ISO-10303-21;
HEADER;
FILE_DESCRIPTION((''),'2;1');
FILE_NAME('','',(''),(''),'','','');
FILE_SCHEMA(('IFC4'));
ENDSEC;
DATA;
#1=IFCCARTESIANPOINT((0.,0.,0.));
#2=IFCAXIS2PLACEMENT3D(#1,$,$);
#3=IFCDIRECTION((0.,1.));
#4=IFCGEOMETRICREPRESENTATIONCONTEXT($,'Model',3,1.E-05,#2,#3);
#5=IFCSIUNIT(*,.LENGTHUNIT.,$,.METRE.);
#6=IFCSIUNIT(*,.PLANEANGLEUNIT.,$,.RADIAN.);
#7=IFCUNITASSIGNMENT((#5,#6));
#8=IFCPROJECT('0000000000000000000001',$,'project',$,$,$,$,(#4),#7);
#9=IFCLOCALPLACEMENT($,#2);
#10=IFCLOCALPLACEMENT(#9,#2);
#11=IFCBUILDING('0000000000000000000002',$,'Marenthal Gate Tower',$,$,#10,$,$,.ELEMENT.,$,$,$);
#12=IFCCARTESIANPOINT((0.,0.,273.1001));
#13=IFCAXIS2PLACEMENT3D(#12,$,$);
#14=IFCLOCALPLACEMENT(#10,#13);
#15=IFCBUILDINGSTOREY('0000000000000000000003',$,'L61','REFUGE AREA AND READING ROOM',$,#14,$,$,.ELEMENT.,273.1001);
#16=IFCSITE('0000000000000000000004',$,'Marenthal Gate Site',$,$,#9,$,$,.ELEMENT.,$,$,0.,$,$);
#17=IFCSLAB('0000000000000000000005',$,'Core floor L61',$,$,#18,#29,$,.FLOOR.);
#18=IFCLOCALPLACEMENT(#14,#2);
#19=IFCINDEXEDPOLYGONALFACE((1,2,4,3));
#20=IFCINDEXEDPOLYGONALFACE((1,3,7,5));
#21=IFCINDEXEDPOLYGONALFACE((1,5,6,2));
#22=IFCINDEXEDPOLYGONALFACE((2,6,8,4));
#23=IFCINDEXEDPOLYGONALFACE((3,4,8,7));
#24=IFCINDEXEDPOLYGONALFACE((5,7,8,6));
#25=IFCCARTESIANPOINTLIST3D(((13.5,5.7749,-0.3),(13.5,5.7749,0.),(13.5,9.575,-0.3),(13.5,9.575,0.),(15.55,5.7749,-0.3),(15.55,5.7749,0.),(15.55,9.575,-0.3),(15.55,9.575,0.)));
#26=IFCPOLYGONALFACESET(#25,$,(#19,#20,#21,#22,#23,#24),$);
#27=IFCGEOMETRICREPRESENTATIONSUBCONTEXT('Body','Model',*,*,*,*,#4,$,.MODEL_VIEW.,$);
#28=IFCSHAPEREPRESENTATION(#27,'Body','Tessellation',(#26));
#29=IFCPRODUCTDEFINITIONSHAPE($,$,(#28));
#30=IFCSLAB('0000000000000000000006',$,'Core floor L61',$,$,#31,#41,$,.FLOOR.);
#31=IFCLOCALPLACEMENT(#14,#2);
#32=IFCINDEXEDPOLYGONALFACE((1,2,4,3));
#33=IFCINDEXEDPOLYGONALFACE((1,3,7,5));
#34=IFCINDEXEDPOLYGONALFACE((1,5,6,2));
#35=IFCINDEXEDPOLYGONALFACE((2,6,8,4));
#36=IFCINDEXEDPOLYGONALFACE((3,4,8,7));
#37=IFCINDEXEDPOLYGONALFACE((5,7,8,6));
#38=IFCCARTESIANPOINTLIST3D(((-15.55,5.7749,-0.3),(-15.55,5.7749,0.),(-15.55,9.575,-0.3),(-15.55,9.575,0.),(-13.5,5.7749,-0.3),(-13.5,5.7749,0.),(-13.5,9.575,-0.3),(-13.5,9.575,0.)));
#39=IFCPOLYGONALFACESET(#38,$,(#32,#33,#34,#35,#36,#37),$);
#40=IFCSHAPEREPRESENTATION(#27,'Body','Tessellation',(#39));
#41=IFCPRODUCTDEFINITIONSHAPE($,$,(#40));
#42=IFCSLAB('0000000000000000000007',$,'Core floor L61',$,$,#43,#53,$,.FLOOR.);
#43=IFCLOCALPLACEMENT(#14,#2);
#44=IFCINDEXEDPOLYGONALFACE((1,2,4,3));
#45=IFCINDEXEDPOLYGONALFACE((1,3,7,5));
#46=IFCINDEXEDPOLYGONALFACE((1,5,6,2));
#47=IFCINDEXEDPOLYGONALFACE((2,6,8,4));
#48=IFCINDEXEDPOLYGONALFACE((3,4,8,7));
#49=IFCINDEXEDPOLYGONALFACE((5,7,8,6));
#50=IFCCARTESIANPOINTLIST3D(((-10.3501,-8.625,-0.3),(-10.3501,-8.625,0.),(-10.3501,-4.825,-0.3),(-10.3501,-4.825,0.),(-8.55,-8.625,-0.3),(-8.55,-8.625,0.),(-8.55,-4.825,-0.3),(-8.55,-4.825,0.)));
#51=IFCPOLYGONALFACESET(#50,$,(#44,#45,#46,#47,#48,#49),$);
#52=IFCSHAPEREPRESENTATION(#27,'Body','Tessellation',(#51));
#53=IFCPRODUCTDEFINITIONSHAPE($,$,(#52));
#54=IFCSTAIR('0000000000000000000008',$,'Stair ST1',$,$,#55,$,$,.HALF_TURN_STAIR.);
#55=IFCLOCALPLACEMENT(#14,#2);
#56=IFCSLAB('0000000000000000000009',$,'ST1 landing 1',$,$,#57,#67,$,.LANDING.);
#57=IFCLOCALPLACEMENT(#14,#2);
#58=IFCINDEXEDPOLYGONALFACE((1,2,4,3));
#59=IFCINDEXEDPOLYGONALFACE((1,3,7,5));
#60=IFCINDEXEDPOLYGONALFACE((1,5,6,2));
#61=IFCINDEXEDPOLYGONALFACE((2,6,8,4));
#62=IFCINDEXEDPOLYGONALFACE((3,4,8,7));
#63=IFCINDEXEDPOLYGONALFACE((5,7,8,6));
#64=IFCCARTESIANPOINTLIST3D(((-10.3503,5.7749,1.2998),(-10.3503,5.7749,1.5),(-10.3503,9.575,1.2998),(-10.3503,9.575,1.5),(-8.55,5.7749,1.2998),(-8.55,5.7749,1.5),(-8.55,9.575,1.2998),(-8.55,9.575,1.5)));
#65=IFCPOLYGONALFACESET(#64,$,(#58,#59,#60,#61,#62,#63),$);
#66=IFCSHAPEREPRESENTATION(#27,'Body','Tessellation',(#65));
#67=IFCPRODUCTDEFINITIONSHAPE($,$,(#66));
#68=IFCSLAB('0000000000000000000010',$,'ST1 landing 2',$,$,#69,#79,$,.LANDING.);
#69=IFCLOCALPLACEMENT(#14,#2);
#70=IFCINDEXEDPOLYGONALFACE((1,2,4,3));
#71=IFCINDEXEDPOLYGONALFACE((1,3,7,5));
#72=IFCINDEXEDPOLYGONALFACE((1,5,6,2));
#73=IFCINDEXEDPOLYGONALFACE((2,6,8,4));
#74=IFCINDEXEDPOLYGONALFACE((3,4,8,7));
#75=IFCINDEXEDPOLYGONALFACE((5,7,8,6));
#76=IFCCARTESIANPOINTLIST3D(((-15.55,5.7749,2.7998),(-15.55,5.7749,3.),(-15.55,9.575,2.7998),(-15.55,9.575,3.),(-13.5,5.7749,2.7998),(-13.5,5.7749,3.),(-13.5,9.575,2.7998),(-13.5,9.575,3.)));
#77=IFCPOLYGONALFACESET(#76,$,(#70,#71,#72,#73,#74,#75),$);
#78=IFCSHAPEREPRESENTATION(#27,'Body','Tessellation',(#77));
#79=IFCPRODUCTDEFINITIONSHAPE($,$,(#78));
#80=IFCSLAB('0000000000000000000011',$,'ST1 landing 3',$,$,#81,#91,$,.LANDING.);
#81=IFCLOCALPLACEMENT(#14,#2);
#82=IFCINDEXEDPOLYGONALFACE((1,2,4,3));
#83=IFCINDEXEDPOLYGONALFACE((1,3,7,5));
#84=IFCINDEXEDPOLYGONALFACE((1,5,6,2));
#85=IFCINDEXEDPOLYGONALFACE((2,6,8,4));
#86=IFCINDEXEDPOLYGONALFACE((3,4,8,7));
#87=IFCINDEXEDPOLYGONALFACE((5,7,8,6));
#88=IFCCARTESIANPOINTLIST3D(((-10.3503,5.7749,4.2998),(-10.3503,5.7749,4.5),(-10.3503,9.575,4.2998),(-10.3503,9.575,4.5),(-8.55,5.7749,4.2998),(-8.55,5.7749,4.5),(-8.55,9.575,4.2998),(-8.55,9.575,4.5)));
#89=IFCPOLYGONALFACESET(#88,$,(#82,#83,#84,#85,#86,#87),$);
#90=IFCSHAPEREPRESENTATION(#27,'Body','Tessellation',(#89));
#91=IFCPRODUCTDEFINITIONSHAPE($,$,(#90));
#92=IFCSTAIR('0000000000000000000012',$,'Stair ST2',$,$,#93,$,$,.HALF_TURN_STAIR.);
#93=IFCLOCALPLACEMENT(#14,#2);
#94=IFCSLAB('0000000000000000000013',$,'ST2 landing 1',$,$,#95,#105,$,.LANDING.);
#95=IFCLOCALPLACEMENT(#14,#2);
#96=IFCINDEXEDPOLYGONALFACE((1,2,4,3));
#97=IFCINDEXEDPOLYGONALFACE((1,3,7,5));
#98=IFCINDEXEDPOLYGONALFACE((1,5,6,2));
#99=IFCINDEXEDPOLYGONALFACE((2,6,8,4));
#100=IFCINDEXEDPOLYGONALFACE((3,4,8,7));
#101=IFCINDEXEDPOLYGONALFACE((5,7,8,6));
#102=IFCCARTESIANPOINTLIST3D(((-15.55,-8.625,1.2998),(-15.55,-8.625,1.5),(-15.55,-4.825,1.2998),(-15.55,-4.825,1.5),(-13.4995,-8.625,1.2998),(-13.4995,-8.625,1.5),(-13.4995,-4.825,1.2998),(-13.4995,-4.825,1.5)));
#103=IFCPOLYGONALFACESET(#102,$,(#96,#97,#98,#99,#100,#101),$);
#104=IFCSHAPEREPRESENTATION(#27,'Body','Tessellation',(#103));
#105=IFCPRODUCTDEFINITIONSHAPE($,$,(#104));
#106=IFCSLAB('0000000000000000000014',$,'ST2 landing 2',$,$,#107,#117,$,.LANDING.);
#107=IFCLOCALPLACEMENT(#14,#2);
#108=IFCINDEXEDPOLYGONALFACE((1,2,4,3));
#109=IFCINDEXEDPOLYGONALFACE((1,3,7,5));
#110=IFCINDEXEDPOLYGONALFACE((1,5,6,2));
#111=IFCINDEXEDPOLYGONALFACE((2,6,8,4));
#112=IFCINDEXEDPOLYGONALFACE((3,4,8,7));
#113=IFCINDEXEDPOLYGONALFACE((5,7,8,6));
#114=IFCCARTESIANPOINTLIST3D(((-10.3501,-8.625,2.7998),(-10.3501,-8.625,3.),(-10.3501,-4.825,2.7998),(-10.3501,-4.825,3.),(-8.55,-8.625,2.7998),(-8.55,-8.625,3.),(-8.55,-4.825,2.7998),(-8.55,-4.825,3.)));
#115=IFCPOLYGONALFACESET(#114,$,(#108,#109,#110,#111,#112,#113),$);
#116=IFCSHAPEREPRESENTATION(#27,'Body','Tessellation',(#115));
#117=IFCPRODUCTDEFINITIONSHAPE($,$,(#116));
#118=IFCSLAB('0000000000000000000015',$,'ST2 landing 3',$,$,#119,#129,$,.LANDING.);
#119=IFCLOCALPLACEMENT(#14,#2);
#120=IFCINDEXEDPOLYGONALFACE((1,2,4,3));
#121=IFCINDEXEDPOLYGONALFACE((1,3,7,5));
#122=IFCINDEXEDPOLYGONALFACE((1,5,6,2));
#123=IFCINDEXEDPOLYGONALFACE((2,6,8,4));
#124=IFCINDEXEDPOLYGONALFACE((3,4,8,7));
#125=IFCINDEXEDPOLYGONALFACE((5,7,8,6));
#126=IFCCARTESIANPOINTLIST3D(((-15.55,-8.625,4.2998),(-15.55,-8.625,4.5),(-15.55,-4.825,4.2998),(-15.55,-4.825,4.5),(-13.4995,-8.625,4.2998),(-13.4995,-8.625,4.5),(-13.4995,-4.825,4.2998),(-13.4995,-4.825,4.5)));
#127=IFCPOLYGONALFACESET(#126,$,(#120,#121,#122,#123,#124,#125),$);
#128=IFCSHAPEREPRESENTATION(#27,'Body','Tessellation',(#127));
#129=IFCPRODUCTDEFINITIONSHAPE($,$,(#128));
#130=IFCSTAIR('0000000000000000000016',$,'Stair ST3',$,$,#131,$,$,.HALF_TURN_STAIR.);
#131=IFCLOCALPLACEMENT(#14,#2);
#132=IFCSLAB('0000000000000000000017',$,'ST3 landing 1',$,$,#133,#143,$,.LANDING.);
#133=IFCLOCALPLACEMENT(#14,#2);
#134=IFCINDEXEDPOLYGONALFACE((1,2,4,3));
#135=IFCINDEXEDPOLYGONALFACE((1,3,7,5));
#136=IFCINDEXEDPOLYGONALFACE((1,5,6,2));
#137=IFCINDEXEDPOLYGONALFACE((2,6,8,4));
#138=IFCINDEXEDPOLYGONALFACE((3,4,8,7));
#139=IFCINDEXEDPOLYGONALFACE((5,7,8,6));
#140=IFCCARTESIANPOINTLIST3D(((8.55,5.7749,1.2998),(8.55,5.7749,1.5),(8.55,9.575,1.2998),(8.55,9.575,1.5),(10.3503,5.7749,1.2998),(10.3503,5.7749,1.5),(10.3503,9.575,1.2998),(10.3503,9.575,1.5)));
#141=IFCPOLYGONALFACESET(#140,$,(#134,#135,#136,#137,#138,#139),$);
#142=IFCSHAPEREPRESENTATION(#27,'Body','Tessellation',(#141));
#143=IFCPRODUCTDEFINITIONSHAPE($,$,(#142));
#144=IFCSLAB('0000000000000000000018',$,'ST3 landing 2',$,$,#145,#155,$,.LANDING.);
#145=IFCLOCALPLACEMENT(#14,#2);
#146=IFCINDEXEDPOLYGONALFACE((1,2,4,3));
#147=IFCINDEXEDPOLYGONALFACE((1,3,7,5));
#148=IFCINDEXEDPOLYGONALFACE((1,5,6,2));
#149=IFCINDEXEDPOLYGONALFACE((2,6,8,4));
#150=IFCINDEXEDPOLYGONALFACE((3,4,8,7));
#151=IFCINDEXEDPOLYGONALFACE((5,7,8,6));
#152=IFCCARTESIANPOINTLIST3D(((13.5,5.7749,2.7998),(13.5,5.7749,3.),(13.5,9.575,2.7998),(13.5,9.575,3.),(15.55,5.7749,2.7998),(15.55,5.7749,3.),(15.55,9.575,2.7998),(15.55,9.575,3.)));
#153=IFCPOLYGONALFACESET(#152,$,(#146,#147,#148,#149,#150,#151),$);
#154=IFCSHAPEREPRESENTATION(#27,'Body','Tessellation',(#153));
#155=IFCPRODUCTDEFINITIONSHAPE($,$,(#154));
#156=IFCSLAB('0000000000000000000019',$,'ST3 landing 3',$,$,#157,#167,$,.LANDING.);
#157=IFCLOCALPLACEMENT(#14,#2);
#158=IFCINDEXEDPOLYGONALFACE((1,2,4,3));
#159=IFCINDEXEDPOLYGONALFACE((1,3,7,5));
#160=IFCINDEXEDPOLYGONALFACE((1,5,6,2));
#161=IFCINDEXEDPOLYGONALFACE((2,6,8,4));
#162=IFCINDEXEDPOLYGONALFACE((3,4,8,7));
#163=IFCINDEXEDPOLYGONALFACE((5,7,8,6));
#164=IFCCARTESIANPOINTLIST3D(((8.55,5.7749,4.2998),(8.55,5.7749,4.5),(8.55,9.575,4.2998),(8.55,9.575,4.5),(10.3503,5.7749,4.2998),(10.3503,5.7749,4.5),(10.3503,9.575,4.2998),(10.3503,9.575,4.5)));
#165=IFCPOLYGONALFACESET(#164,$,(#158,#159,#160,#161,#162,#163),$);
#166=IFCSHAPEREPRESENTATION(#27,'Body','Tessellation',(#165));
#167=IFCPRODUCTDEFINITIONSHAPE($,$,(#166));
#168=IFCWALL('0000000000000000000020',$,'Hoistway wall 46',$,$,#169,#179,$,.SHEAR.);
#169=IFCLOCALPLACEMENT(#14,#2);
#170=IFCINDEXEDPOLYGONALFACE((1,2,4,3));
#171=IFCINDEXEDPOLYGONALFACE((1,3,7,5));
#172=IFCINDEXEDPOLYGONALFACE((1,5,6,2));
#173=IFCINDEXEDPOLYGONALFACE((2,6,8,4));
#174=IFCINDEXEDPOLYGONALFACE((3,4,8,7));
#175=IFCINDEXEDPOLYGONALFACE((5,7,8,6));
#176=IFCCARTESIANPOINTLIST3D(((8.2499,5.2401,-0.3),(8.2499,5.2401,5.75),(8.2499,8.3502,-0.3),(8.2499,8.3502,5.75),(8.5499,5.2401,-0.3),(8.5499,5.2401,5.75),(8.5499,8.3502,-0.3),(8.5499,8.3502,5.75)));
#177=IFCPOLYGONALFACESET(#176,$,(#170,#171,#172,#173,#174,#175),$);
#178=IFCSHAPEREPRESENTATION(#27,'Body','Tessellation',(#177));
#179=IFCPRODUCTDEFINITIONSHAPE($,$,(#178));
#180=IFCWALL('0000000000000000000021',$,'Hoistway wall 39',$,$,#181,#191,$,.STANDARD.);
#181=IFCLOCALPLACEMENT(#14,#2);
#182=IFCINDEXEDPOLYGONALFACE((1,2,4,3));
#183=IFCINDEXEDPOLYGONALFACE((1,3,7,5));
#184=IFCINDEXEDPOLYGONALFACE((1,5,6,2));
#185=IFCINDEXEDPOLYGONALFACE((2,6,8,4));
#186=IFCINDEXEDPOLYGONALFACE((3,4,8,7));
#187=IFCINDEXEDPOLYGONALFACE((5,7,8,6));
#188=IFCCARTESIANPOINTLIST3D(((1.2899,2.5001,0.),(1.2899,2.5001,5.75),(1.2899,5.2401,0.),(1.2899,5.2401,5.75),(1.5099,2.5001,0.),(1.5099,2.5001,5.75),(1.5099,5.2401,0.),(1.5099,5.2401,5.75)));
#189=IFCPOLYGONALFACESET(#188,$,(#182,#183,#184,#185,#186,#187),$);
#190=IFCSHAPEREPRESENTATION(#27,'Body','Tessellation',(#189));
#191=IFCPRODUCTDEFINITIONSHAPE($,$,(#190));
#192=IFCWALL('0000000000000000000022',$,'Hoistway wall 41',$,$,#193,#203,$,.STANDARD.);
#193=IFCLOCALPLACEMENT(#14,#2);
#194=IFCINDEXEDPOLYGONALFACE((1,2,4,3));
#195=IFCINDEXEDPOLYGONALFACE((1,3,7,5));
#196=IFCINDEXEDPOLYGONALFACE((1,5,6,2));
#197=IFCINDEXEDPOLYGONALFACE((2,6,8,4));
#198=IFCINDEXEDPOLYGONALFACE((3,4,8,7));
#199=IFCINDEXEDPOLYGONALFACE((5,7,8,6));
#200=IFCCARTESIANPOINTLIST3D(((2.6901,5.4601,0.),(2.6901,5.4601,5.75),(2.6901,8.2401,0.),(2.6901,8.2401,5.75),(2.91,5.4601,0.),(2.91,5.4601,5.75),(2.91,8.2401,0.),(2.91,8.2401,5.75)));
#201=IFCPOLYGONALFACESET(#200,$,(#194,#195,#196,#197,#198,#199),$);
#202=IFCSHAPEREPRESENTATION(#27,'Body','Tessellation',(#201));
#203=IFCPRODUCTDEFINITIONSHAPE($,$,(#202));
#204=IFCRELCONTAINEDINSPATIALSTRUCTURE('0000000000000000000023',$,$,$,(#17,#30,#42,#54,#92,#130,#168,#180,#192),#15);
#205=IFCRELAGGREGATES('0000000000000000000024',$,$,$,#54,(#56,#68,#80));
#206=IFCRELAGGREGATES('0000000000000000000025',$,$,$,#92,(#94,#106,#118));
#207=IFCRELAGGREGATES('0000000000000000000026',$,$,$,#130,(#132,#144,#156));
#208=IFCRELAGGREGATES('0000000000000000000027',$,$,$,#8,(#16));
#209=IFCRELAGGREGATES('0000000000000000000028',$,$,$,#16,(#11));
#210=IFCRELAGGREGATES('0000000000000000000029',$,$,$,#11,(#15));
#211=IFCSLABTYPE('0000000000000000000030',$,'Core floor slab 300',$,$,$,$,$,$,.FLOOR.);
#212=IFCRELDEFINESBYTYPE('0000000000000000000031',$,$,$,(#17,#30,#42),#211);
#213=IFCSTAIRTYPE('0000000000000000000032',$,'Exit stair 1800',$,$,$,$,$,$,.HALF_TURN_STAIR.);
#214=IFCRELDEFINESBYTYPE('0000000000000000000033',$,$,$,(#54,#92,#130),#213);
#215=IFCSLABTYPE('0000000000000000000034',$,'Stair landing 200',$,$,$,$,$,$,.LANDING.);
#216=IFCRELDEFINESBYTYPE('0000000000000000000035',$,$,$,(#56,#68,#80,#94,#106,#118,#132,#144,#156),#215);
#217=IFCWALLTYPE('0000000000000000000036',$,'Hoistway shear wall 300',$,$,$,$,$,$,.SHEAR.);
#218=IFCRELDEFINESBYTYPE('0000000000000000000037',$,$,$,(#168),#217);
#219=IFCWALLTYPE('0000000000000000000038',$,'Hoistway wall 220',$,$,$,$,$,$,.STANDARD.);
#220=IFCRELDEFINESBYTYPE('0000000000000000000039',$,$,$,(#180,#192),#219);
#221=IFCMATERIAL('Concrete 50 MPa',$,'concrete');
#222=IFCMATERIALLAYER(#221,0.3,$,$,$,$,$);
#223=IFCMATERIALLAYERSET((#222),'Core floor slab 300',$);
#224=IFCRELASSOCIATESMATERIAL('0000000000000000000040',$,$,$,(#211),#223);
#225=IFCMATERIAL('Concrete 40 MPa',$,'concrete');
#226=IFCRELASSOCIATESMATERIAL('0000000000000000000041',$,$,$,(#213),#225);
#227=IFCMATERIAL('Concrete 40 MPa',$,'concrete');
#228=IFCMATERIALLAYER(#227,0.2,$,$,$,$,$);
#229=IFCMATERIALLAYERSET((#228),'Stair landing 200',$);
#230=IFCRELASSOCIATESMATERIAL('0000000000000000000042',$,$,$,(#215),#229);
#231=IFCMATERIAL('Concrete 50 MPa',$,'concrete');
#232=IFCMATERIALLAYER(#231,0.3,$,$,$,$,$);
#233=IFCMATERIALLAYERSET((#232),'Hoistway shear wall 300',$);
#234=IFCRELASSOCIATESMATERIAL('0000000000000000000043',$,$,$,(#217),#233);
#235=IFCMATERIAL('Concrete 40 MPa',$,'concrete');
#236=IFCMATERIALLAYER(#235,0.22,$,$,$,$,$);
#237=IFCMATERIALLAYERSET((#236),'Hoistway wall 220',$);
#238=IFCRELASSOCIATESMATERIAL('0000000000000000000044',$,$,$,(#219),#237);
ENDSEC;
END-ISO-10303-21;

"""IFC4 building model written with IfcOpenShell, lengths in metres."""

from ifc_helpers import new_model, si_unit, direction, frame, frame_2d, origin, place, context, subcontext, project, spatial, polyline, rectangle, outline, extrude, material, layer, layer_set, type_object, element, aggregate, save


model = new_model("IFC4")

# Units and contexts
model_context = context("Model", 3, precision=1e-05, world=origin(), true_north=direction((0.0, 1.0)))
body_context = subcontext(model_context, "Body", "Model", "MODEL_VIEW")
ifc_project = project(units=[si_unit("LENGTHUNIT", "METRE"), si_unit("PLANEANGLEUNIT", "RADIAN")], contexts=[model_context])

# Site, building, storey
site_placement = place(None, origin())
site = spatial("IfcSite", under=ifc_project, at=site_placement, Name="Marenthal Gate Site", CompositionType="ELEMENT", RefElevation=0.0)
building_placement = place(site_placement, origin())
building = spatial("IfcBuilding", under=site, at=building_placement, Name="Marenthal Gate Tower", CompositionType="ELEMENT")
storey_placement = place(building_placement, frame((0.0, 0.0, 273.1001)))
storey = spatial("IfcBuildingStorey", under=building, at=storey_placement, Name="L61", Description="REFUGE AREA AND READING ROOM", CompositionType="ELEMENT", Elevation=273.1001)

# Slabs
ifc_material_1 = material(Name="Concrete 50 MPa", Category="concrete")
ifc_layer_1 = layer(ifc_material_1, 0.3)
ifc_layer_set_1 = layer_set([ifc_layer_1], Name="Core floor slab 300")
slab_type_1 = type_object("IfcSlabType", Name="Core floor slab 300", PredefinedType="FLOOR", material=ifc_layer_set_1)
slab_1_placement = place(storey_placement, frame((0.0, 0.0, -0.3)))
element("IfcSlab", 1, at=slab_1_placement, inside=storey, type_object=slab_type_1, Name="Core floor L61", PredefinedType="FLOOR", context=body_context, shape_type="SweptSolid", body=[
    extrude(outline(polyline([(15.55, 5.7749), (13.5, 5.7749), (13.5, 9.575), (15.55, 9.575), (15.55, 5.7749)])), origin(), (0.0, 0.0, 1.0), 0.3),
])
slab_2_placement = place(storey_placement, frame((0.0, 0.0, -0.3)))
element("IfcSlab", 2, at=slab_2_placement, inside=storey, type_object=slab_type_1, Name="Core floor L61", PredefinedType="FLOOR", context=body_context, shape_type="SweptSolid", body=[
    extrude(outline(polyline([(-15.55, 9.575), (-13.5, 9.575), (-13.5, 5.7749), (-15.55, 5.7749), (-15.55, 9.575)])), origin(), (0.0, 0.0, 1.0), 0.3),
])
slab_3_placement = place(storey_placement, frame((0.0, 0.0, -0.3)))
element("IfcSlab", 3, at=slab_3_placement, inside=storey, type_object=slab_type_1, Name="Core floor L61", PredefinedType="FLOOR", context=body_context, shape_type="SweptSolid", body=[
    extrude(outline(polyline([(-8.55, -8.625), (-10.3501, -8.625), (-10.3501, -4.825), (-8.55, -4.825), (-8.55, -8.625)])), origin(), (0.0, 0.0, 1.0), 0.3),
])

# Stairs, slabs
ifc_material_2 = material(Name="Concrete 40 MPa", Category="concrete")
stair_type = type_object("IfcStairType", Name="Exit stair 1800", PredefinedType="HALF_TURN_STAIR", material=ifc_material_2)
stair_1_placement = place(storey_placement, origin())
stair_1 = element("IfcStair", 4, at=stair_1_placement, inside=storey, type_object=stair_type, Name="Stair ST1", PredefinedType="HALF_TURN_STAIR")
ifc_material_3 = material(Name="Concrete 40 MPa", Category="concrete")
ifc_layer_2 = layer(ifc_material_3, 0.2)
ifc_layer_set_2 = layer_set([ifc_layer_2], Name="Stair landing 200")
slab_type_2 = type_object("IfcSlabType", Name="Stair landing 200", PredefinedType="LANDING", material=ifc_layer_set_2)
slab_4_placement = place(storey_placement, frame((0.0, 0.0, 1.2998)))
slab_4 = element("IfcSlab", 5, at=slab_4_placement, type_object=slab_type_2, Name="ST1 landing 1", PredefinedType="LANDING", context=body_context, shape_type="SweptSolid", body=[
    extrude(outline(polyline([(-10.3503, 5.7749), (-8.55, 5.7749), (-8.55, 9.575), (-10.3503, 9.575), (-10.3503, 5.7749)])), origin(), (0.0, 0.0, 1.0), 0.2002),
])
slab_5_placement = place(storey_placement, frame((0.0, 0.0, 2.7998)))
slab_5 = element("IfcSlab", 6, at=slab_5_placement, type_object=slab_type_2, Name="ST1 landing 2", PredefinedType="LANDING", context=body_context, shape_type="SweptSolid", body=[
    extrude(outline(polyline([(-15.55, 5.7749), (-13.5, 5.7749), (-13.5, 9.575), (-15.55, 9.575), (-15.55, 5.7749)])), origin(), (0.0, 0.0, 1.0), 0.2002),
])
slab_6_placement = place(storey_placement, frame((0.0, 0.0, 4.2998)))
slab_6 = element("IfcSlab", 7, at=slab_6_placement, type_object=slab_type_2, Name="ST1 landing 3", PredefinedType="LANDING", context=body_context, shape_type="SweptSolid", body=[
    extrude(outline(polyline([(-10.3503, 5.7749), (-8.55, 5.7749), (-8.55, 9.575), (-10.3503, 9.575), (-10.3503, 5.7749)])), origin(), (0.0, 0.0, 1.0), 0.2002),
])
aggregate(stair_1, [slab_4, slab_5, slab_6])
stair_2_placement = place(storey_placement, origin())
stair_2 = element("IfcStair", 8, at=stair_2_placement, inside=storey, type_object=stair_type, Name="Stair ST2", PredefinedType="HALF_TURN_STAIR")
slab_7_placement = place(storey_placement, frame((0.0, 0.0, 1.2998)))
slab_7 = element("IfcSlab", 9, at=slab_7_placement, type_object=slab_type_2, Name="ST2 landing 1", PredefinedType="LANDING", context=body_context, shape_type="SweptSolid", body=[
    extrude(outline(polyline([(-15.55, -8.625), (-13.4995, -8.625), (-13.4995, -4.825), (-15.55, -4.825), (-15.55, -8.625)])), origin(), (0.0, 0.0, 1.0), 0.2002),
])
slab_8_placement = place(storey_placement, frame((0.0, 0.0, 2.7998)))
slab_8 = element("IfcSlab", 10, at=slab_8_placement, type_object=slab_type_2, Name="ST2 landing 2", PredefinedType="LANDING", context=body_context, shape_type="SweptSolid", body=[
    extrude(outline(polyline([(-10.3501, -8.625), (-8.55, -8.625), (-8.55, -4.825), (-10.3501, -4.825), (-10.3501, -8.625)])), origin(), (0.0, 0.0, 1.0), 0.2002),
])
slab_9_placement = place(storey_placement, frame((0.0, 0.0, 4.2998)))
slab_9 = element("IfcSlab", 11, at=slab_9_placement, type_object=slab_type_2, Name="ST2 landing 3", PredefinedType="LANDING", context=body_context, shape_type="SweptSolid", body=[
    extrude(outline(polyline([(-15.55, -8.625), (-13.4995, -8.625), (-13.4995, -4.825), (-15.55, -4.825), (-15.55, -8.625)])), origin(), (0.0, 0.0, 1.0), 0.2002),
])
aggregate(stair_2, [slab_7, slab_8, slab_9])
stair_3_placement = place(storey_placement, origin())
stair_3 = element("IfcStair", 12, at=stair_3_placement, inside=storey, type_object=stair_type, Name="Stair ST3", PredefinedType="HALF_TURN_STAIR")
slab_10_placement = place(storey_placement, frame((0.0, 0.0, 1.2998)))
slab_10 = element("IfcSlab", 13, at=slab_10_placement, type_object=slab_type_2, Name="ST3 landing 1", PredefinedType="LANDING", context=body_context, shape_type="SweptSolid", body=[
    extrude(outline(polyline([(8.55, 5.7749), (10.3503, 5.7749), (10.3503, 9.575), (8.55, 9.575), (8.55, 5.7749)])), origin(), (0.0, 0.0, 1.0), 0.2002),
])
slab_11_placement = place(storey_placement, frame((0.0, 0.0, 2.7998)))
slab_11 = element("IfcSlab", 14, at=slab_11_placement, type_object=slab_type_2, Name="ST3 landing 2", PredefinedType="LANDING", context=body_context, shape_type="SweptSolid", body=[
    extrude(outline(polyline([(13.5, 5.7749), (15.55, 5.7749), (15.55, 9.575), (13.5, 9.575), (13.5, 5.7749)])), origin(), (0.0, 0.0, 1.0), 0.2002),
])
slab_12_placement = place(storey_placement, frame((0.0, 0.0, 4.2998)))
slab_12 = element("IfcSlab", 15, at=slab_12_placement, type_object=slab_type_2, Name="ST3 landing 3", PredefinedType="LANDING", context=body_context, shape_type="SweptSolid", body=[
    extrude(outline(polyline([(8.55, 5.7749), (10.3503, 5.7749), (10.3503, 9.575), (8.55, 9.575), (8.55, 5.7749)])), origin(), (0.0, 0.0, 1.0), 0.2002),
])
aggregate(stair_3, [slab_10, slab_11, slab_12])

# Walls
ifc_material_4 = material(Name="Concrete 50 MPa", Category="concrete")
ifc_layer_3 = layer(ifc_material_4, 0.3)
ifc_layer_set_3 = layer_set([ifc_layer_3], Name="Hoistway shear wall 300")
wall_type_1 = type_object("IfcWallType", Name="Hoistway shear wall 300", PredefinedType="SHEAR", material=ifc_layer_set_3)
wall_1_placement = place(storey_placement, frame((8.3999, 5.24, -0.3), z_axis=(0.0, 0.0, 1.0), x_axis=(0.0, 1.0, 0.0)))
element("IfcWall", 16, at=wall_1_placement, inside=storey, type_object=wall_type_1, Name="Hoistway wall 46", PredefinedType="SHEAR", context=body_context, shape_type="SweptSolid", body=[
    extrude(rectangle(XDim=3.1101, YDim=0.3, at=frame_2d((1.5552, 0.0))), origin(), (0.0, 0.0, 1.0), 6.05),
])
ifc_material_5 = material(Name="Concrete 40 MPa", Category="concrete")
ifc_layer_4 = layer(ifc_material_5, 0.22)
ifc_layer_set_4 = layer_set([ifc_layer_4], Name="Hoistway wall 220")
wall_type_2 = type_object("IfcWallType", Name="Hoistway wall 220", PredefinedType="STANDARD", material=ifc_layer_set_4)
wall_2_placement = place(storey_placement, frame((1.3999, 2.5, 0.0), z_axis=(0.0, 0.0, 1.0), x_axis=(0.0, 1.0, 0.0)))
element("IfcWall", 17, at=wall_2_placement, inside=storey, type_object=wall_type_2, Name="Hoistway wall 39", PredefinedType="STANDARD", context=body_context, shape_type="SweptSolid", body=[
    extrude(rectangle(XDim=2.74, YDim=0.22, at=frame_2d((1.3701, 0.0))), origin(), (0.0, 0.0, 1.0), 5.75),
])
wall_3_placement = place(storey_placement, frame((2.8, 5.46, 0.0), z_axis=(0.0, 0.0, 1.0), x_axis=(0.0, 1.0, 0.0)))
element("IfcWall", 18, at=wall_3_placement, inside=storey, type_object=wall_type_2, Name="Hoistway wall 41", PredefinedType="STANDARD", context=body_context, shape_type="SweptSolid", body=[
    extrude(rectangle(XDim=2.78, YDim=0.22, at=frame_2d((1.3901, 0.0))), origin(), (0.0, 0.0, 1.0), 5.75),
])

save(model, "model.ifc")
